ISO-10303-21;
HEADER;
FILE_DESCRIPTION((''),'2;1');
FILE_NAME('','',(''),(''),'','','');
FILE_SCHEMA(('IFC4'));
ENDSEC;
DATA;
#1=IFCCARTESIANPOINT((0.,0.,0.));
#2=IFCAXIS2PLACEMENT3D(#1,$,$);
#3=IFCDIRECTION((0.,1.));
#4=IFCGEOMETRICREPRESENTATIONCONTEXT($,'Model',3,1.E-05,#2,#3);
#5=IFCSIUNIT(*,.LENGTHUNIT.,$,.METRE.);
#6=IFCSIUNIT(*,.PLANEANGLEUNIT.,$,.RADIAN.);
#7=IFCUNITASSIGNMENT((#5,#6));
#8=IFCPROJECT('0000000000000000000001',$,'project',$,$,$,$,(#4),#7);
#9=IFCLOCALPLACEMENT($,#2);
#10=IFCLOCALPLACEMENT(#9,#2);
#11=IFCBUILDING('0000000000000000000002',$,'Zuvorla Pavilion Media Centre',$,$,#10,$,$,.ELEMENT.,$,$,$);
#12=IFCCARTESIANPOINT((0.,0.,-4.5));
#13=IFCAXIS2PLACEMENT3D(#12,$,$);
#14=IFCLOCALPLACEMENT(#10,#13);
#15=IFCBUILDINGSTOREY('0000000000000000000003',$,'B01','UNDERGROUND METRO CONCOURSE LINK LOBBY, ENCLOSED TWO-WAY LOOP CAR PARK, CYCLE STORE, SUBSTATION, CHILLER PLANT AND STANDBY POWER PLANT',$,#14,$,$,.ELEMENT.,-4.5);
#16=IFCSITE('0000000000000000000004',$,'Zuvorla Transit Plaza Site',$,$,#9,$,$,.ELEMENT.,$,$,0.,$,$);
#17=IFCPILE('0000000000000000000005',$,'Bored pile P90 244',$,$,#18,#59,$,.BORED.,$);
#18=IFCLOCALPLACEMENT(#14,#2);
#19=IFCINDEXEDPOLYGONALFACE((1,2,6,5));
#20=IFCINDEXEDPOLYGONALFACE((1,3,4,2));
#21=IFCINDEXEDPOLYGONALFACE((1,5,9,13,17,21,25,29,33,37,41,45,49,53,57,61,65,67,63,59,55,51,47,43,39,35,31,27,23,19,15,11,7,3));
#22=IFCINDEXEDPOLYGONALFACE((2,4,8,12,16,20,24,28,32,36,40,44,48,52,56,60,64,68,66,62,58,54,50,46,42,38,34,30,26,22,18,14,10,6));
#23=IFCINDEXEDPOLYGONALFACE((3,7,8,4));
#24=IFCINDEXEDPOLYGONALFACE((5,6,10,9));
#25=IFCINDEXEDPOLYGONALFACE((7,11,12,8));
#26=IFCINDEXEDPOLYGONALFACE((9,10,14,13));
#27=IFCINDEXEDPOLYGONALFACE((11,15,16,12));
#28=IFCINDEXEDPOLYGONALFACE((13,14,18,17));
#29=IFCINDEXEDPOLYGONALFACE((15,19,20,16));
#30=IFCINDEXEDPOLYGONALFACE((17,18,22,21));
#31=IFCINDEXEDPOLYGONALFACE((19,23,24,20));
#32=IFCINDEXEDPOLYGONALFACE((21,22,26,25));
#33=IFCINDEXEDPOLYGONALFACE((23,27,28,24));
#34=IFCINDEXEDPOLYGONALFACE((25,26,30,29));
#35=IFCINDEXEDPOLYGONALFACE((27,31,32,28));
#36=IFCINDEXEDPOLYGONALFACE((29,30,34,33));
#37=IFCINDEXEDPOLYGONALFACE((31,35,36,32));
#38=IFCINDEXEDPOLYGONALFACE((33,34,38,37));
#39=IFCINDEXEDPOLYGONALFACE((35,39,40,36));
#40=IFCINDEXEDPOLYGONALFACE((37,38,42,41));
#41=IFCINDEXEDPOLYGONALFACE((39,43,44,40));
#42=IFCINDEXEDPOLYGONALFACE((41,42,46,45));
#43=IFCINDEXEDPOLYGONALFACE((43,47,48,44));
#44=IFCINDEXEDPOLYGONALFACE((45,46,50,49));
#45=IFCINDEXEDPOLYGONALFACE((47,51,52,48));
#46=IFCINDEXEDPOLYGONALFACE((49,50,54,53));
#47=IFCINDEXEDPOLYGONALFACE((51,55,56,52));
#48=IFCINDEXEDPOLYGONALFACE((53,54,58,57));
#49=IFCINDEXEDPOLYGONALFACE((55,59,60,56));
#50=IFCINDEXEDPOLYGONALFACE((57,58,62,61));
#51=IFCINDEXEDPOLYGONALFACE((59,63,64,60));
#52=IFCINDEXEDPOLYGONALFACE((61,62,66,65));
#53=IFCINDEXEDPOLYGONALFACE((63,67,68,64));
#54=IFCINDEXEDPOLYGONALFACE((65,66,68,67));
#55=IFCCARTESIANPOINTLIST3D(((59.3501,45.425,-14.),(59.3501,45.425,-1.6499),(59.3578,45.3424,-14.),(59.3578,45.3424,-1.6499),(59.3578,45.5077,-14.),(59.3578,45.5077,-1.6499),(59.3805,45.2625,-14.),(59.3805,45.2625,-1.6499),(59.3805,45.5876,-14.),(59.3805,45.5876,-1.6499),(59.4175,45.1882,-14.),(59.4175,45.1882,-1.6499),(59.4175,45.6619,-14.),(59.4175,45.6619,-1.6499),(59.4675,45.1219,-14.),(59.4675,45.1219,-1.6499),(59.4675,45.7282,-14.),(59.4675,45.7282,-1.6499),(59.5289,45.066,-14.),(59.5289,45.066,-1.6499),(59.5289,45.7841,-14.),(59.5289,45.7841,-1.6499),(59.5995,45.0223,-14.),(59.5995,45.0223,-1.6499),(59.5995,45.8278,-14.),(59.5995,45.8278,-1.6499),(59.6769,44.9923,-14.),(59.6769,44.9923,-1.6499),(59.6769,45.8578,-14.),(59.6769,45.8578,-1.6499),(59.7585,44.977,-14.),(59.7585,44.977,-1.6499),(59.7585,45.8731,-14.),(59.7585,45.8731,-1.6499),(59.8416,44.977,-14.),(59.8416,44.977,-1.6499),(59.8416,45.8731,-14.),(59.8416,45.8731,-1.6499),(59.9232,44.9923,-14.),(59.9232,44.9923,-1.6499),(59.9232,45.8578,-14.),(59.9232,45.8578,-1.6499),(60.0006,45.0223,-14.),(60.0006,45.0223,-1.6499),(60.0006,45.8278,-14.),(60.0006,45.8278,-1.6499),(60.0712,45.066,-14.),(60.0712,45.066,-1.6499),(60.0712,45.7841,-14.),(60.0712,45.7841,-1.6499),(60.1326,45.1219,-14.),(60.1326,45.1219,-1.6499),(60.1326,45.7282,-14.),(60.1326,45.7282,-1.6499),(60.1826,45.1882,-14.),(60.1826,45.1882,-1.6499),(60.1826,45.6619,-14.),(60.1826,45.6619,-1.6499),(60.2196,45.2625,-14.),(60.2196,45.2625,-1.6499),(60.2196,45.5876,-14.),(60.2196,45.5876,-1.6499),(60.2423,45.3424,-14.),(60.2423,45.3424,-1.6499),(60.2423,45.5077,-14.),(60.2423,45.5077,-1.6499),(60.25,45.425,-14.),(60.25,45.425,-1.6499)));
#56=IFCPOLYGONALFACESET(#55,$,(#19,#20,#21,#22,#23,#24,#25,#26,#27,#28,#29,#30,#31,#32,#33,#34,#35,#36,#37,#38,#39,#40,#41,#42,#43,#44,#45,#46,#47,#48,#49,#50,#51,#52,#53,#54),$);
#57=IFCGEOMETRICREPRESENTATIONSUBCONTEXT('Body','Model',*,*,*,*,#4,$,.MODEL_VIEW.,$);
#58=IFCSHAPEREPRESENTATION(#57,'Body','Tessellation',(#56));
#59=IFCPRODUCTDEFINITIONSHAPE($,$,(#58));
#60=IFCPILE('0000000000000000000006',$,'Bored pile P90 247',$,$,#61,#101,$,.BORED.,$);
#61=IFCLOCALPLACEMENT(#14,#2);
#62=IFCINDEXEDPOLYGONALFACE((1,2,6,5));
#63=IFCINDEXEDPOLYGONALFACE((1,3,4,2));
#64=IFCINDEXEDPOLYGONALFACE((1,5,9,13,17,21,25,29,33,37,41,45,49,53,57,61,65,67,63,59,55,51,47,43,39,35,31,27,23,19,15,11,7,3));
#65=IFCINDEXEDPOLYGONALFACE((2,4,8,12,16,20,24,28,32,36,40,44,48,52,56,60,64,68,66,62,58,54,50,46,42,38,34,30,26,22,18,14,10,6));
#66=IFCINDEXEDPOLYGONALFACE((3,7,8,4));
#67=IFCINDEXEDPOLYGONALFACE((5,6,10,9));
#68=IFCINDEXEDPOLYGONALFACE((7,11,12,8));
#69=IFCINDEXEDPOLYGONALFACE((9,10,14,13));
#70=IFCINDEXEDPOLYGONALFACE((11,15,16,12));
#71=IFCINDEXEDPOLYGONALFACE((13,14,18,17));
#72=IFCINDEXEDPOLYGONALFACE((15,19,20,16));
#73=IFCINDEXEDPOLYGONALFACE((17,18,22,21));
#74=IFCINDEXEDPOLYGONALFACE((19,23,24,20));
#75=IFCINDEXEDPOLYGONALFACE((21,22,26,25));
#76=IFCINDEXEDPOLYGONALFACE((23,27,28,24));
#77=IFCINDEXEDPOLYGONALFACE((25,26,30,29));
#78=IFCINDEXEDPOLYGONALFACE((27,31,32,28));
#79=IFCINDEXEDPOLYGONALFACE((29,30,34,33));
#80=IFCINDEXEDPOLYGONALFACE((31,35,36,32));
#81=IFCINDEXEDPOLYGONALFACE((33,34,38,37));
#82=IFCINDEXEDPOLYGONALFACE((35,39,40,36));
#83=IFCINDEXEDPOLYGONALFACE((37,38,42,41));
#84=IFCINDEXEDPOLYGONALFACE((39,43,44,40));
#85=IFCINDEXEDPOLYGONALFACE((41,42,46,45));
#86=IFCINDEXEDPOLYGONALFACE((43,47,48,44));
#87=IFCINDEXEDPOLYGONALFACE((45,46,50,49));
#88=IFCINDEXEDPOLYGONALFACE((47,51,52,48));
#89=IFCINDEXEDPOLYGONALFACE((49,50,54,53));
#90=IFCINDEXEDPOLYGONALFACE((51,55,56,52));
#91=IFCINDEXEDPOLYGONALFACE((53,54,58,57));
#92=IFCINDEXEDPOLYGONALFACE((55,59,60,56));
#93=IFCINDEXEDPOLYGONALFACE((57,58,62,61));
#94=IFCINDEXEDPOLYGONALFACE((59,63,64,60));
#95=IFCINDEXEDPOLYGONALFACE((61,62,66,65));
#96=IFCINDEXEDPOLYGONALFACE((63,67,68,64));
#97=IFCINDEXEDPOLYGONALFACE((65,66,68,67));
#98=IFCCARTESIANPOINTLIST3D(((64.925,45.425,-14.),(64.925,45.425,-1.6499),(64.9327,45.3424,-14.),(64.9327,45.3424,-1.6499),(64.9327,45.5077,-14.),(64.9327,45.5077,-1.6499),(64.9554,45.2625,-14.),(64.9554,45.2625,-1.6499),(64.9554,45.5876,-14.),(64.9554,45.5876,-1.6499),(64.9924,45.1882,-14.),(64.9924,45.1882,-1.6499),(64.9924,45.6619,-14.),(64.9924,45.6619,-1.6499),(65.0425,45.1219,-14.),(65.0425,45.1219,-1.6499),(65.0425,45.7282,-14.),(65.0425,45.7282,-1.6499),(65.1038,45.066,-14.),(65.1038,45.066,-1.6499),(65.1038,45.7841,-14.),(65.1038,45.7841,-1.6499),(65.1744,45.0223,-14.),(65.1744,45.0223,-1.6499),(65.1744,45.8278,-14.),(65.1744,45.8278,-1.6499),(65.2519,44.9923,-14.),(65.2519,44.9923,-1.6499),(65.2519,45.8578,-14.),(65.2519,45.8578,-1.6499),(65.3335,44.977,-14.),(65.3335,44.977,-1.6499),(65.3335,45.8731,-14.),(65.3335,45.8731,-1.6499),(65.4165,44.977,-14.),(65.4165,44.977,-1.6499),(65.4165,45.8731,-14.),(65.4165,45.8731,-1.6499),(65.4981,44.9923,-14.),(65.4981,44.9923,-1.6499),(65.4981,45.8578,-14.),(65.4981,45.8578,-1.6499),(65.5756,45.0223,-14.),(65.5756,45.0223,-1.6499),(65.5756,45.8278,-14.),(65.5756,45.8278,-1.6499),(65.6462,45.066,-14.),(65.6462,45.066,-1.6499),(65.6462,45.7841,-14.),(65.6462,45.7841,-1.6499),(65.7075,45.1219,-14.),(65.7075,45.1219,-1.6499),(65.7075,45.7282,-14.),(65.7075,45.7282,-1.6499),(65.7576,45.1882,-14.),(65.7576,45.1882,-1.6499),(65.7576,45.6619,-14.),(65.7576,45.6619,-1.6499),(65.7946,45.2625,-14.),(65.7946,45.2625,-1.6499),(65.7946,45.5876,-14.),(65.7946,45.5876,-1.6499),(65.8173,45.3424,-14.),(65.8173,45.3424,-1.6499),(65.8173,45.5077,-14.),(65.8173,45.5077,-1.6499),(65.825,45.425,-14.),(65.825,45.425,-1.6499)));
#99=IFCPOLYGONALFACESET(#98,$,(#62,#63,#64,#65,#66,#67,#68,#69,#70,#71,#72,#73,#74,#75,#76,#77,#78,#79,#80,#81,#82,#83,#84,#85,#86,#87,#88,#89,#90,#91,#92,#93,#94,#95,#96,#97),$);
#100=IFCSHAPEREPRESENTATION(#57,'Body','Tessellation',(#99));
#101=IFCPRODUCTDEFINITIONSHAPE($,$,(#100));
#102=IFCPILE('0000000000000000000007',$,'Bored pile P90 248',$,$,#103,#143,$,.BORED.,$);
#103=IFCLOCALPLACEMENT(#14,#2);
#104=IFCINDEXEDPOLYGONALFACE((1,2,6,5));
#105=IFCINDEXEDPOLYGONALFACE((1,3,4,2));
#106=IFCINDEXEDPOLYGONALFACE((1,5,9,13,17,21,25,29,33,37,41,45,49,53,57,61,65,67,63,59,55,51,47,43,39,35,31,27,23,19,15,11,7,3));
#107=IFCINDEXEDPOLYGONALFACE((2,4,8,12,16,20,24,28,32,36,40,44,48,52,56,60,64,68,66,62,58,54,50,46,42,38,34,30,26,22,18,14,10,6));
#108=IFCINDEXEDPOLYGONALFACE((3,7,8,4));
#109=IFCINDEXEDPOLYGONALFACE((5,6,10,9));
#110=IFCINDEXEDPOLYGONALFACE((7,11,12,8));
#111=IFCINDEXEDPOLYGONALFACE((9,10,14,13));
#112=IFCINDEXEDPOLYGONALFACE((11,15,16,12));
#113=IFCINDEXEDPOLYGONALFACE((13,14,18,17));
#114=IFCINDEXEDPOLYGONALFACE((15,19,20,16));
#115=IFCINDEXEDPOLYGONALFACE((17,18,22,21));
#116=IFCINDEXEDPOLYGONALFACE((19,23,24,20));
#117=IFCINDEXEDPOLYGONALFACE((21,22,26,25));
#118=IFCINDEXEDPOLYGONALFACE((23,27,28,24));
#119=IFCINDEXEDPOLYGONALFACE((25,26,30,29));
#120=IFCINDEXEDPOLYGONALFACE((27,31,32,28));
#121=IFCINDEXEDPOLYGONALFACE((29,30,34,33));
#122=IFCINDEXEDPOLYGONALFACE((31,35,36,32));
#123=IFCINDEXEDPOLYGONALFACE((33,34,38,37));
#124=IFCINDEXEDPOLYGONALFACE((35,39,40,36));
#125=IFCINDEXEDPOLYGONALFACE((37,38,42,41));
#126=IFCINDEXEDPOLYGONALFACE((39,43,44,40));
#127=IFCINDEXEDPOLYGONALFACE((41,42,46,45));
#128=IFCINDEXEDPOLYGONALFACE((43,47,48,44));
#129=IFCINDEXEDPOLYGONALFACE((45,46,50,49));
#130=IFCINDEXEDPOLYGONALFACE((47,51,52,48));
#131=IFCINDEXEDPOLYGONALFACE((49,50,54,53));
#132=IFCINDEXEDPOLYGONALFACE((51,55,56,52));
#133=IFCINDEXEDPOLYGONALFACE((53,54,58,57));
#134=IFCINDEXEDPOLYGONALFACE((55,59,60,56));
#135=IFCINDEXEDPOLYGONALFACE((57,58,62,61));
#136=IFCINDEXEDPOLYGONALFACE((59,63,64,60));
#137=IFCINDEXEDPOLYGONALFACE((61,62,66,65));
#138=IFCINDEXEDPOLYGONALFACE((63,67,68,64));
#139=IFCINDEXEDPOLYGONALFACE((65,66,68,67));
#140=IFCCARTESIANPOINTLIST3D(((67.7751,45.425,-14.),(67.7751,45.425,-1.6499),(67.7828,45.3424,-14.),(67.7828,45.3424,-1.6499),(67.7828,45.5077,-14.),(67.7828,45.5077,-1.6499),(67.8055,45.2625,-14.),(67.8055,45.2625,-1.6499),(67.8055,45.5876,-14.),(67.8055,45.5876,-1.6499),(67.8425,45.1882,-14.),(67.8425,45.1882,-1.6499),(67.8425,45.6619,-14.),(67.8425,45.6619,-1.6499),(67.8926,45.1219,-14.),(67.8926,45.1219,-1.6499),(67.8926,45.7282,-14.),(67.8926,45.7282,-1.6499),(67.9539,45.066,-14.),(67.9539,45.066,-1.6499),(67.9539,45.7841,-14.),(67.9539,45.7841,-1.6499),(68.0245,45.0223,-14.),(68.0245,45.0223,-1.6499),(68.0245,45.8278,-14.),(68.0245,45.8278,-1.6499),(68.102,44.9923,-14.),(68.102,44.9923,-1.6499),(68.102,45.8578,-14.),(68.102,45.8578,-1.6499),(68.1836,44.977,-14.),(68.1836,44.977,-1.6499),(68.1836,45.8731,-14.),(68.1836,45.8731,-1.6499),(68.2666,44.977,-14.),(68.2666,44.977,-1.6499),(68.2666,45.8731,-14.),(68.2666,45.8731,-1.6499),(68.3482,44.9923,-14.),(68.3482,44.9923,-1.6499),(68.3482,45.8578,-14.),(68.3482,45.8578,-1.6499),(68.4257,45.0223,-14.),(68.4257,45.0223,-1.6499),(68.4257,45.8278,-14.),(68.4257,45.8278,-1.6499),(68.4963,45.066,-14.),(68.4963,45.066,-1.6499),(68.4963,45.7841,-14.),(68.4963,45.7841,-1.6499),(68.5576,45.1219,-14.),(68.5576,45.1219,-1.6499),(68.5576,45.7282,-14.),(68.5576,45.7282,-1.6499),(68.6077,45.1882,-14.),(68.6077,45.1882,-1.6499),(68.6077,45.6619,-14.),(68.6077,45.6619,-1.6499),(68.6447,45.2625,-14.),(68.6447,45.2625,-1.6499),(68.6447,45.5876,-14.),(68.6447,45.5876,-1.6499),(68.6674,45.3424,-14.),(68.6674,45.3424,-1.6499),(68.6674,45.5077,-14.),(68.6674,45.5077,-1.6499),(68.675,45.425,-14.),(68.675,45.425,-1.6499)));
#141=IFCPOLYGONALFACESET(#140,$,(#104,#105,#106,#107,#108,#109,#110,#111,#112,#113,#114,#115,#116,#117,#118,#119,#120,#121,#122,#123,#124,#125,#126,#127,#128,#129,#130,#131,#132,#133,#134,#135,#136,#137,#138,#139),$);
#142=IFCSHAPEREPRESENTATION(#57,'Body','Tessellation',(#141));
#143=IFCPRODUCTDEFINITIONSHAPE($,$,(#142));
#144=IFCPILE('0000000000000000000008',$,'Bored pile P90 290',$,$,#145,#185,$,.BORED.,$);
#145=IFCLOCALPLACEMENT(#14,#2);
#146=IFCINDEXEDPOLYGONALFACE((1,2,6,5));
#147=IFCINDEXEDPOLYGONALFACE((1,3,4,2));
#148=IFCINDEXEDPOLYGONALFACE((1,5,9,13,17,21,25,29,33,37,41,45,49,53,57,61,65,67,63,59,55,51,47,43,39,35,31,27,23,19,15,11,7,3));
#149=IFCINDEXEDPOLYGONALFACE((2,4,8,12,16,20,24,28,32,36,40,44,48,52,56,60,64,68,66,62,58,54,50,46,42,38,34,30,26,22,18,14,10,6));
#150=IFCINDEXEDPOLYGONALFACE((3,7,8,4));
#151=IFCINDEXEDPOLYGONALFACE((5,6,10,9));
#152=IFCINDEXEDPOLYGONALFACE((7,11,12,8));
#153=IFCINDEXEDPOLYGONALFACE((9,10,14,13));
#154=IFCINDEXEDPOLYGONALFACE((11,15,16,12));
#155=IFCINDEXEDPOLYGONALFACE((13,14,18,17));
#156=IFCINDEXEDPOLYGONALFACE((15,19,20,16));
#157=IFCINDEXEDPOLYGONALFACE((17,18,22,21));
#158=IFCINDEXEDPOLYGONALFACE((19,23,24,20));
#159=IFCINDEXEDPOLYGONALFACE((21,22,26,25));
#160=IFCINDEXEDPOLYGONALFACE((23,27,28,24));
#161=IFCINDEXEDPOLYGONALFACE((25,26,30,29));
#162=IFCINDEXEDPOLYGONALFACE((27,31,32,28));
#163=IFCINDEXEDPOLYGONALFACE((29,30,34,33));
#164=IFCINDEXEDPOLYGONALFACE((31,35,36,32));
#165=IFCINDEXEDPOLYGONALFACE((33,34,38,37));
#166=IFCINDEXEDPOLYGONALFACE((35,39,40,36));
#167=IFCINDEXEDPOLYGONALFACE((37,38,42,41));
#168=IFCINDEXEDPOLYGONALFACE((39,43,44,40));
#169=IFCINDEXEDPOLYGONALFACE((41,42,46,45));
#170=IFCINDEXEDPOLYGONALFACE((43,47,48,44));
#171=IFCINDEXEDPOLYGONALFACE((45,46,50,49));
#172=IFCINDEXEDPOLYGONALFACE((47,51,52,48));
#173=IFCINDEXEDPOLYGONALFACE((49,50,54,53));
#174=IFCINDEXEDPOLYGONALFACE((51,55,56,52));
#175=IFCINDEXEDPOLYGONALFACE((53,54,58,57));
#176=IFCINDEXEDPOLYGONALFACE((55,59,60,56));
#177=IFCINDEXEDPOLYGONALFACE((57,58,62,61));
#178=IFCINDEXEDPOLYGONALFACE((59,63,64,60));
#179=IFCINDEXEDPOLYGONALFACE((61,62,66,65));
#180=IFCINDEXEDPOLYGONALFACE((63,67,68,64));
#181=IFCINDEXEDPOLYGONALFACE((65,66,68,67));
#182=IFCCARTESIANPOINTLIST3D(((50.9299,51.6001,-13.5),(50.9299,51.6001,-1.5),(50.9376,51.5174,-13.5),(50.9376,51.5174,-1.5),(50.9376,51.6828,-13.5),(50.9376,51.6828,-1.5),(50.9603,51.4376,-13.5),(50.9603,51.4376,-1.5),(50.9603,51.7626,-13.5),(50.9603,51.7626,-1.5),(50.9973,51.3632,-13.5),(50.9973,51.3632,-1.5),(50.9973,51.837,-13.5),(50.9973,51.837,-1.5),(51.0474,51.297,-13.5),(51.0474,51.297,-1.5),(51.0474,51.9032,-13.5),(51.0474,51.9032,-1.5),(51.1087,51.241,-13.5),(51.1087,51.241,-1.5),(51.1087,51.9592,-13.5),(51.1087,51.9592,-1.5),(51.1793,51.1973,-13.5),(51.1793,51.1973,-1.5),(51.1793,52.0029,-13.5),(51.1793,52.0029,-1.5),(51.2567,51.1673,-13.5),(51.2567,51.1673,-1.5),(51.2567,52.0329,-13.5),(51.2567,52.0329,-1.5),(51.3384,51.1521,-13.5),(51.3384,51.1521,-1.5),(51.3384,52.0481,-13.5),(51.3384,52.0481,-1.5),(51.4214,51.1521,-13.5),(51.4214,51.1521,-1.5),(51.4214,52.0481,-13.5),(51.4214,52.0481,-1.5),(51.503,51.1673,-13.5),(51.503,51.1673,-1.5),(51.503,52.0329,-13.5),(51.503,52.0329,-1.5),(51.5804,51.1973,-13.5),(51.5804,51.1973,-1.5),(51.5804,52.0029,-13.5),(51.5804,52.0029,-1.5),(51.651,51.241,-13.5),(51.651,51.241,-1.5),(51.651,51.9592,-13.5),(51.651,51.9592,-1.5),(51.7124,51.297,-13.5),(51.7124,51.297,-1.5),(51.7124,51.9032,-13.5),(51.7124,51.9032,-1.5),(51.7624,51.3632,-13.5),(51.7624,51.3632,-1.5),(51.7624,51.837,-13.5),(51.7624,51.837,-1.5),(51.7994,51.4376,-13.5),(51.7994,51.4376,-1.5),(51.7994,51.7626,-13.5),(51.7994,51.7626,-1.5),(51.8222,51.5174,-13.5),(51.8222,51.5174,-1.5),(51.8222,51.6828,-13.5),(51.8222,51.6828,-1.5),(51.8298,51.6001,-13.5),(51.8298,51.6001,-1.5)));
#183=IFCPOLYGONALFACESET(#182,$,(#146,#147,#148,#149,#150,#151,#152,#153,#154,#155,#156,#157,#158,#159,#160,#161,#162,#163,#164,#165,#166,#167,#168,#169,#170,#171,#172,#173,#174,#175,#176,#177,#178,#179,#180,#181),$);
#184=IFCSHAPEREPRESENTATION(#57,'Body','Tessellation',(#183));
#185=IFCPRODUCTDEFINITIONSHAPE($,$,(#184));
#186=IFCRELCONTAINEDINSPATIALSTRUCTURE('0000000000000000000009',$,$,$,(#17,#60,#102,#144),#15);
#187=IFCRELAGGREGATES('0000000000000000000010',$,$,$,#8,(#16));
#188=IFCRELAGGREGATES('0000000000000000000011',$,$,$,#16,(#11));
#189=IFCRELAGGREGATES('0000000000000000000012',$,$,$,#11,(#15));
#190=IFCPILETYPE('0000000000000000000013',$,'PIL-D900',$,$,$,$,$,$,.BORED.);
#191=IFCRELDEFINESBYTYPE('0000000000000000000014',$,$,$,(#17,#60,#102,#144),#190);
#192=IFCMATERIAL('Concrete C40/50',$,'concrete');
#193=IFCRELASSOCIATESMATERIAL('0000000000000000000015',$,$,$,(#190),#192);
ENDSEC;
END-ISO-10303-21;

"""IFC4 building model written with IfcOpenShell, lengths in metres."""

from ifc_helpers import new_model, si_unit, direction, frame, origin, origin_2d, place, context, subcontext, project, spatial, circle, extrude, material, material_profile, profile_set, type_object, element, save


model = new_model("IFC4")

# Units and contexts
model_context = context("Model", 3, precision=1e-05, world=origin(), true_north=direction((0.0, 1.0)))
body_context = subcontext(model_context, "Body", "Model", "MODEL_VIEW")
ifc_project = project(units=[si_unit("LENGTHUNIT", "METRE"), si_unit("PLANEANGLEUNIT", "RADIAN")], contexts=[model_context])

# Site, building, storey
site_placement = place(None, origin())
site = spatial("IfcSite", under=ifc_project, at=site_placement, Name="Zuvorla Transit Plaza Site", CompositionType="ELEMENT", RefElevation=0.0)
building_placement = place(site_placement, origin())
building = spatial("IfcBuilding", under=site, at=building_placement, Name="Zuvorla Pavilion Media Centre", CompositionType="ELEMENT")
storey_placement = place(building_placement, frame((0.0, 0.0, -4.5)))
storey = spatial("IfcBuildingStorey", under=building, at=storey_placement, Name="B01", Description="UNDERGROUND METRO CONCOURSE LINK LOBBY, ENCLOSED TWO-WAY LOOP CAR PARK, CYCLE STORE, SUBSTATION, CHILLER PLANT AND STANDBY POWER PLANT", CompositionType="ELEMENT", Elevation=-4.5)

# Shared definitions
ifc_material = material(Name="Concrete C40/50", Category="concrete")

# Piles
ifc_material_profile_1 = material_profile(ifc_material, circle(Radius=0.45, at=origin_2d()), Name="BORED PILE 900")
ifc_profile_set_1 = profile_set([ifc_material_profile_1], Name="Concrete C40/50")
pile_type = type_object("IfcPileType", Name="PIL-D900", PredefinedType="BORED", material=ifc_profile_set_1)
for number, where, z_axis, x_axis, name in (
    (1, (59.8, 45.425, -1.6499), (0.0, 0.0, -1.0), (1.0, 0.0, 0.0), "Bored pile P90 244"),
    (2, (65.375, 45.425, -1.6499), (0.0, 0.0, -1.0), (1.0, 0.0, 0.0), "Bored pile P90 247"),
    (3, (68.2251, 45.425, -1.6499), (0.0, 0.0, -1.0), (1.0, 0.0, 0.0), "Bored pile P90 248"),
):
    element("IfcPile", number, at=place(storey_placement, frame(where, z_axis=z_axis, x_axis=x_axis)), inside=storey, type_object=pile_type, Name=name, PredefinedType="BORED", context=body_context, shape_type="SweptSolid", body=[
        extrude(circle(Radius=0.45, at=origin_2d()), origin(), (0.0, 0.0, 1.0), 12.3501),
    ])
for number, where, z_axis, x_axis, name in (
    (4, (51.3799, 51.6001, -1.5), (0.0, 0.0, -1.0), (1.0, 0.0, 0.0), "Bored pile P90 290"),
):
    element("IfcPile", number, at=place(storey_placement, frame(where, z_axis=z_axis, x_axis=x_axis)), inside=storey, type_object=pile_type, Name=name, PredefinedType="BORED", context=body_context, shape_type="SweptSolid", body=[
        extrude(circle(Radius=0.45, at=origin_2d()), origin(), (0.0, 0.0, 1.0), 12.0),
    ])

save(model, "model.ifc")
